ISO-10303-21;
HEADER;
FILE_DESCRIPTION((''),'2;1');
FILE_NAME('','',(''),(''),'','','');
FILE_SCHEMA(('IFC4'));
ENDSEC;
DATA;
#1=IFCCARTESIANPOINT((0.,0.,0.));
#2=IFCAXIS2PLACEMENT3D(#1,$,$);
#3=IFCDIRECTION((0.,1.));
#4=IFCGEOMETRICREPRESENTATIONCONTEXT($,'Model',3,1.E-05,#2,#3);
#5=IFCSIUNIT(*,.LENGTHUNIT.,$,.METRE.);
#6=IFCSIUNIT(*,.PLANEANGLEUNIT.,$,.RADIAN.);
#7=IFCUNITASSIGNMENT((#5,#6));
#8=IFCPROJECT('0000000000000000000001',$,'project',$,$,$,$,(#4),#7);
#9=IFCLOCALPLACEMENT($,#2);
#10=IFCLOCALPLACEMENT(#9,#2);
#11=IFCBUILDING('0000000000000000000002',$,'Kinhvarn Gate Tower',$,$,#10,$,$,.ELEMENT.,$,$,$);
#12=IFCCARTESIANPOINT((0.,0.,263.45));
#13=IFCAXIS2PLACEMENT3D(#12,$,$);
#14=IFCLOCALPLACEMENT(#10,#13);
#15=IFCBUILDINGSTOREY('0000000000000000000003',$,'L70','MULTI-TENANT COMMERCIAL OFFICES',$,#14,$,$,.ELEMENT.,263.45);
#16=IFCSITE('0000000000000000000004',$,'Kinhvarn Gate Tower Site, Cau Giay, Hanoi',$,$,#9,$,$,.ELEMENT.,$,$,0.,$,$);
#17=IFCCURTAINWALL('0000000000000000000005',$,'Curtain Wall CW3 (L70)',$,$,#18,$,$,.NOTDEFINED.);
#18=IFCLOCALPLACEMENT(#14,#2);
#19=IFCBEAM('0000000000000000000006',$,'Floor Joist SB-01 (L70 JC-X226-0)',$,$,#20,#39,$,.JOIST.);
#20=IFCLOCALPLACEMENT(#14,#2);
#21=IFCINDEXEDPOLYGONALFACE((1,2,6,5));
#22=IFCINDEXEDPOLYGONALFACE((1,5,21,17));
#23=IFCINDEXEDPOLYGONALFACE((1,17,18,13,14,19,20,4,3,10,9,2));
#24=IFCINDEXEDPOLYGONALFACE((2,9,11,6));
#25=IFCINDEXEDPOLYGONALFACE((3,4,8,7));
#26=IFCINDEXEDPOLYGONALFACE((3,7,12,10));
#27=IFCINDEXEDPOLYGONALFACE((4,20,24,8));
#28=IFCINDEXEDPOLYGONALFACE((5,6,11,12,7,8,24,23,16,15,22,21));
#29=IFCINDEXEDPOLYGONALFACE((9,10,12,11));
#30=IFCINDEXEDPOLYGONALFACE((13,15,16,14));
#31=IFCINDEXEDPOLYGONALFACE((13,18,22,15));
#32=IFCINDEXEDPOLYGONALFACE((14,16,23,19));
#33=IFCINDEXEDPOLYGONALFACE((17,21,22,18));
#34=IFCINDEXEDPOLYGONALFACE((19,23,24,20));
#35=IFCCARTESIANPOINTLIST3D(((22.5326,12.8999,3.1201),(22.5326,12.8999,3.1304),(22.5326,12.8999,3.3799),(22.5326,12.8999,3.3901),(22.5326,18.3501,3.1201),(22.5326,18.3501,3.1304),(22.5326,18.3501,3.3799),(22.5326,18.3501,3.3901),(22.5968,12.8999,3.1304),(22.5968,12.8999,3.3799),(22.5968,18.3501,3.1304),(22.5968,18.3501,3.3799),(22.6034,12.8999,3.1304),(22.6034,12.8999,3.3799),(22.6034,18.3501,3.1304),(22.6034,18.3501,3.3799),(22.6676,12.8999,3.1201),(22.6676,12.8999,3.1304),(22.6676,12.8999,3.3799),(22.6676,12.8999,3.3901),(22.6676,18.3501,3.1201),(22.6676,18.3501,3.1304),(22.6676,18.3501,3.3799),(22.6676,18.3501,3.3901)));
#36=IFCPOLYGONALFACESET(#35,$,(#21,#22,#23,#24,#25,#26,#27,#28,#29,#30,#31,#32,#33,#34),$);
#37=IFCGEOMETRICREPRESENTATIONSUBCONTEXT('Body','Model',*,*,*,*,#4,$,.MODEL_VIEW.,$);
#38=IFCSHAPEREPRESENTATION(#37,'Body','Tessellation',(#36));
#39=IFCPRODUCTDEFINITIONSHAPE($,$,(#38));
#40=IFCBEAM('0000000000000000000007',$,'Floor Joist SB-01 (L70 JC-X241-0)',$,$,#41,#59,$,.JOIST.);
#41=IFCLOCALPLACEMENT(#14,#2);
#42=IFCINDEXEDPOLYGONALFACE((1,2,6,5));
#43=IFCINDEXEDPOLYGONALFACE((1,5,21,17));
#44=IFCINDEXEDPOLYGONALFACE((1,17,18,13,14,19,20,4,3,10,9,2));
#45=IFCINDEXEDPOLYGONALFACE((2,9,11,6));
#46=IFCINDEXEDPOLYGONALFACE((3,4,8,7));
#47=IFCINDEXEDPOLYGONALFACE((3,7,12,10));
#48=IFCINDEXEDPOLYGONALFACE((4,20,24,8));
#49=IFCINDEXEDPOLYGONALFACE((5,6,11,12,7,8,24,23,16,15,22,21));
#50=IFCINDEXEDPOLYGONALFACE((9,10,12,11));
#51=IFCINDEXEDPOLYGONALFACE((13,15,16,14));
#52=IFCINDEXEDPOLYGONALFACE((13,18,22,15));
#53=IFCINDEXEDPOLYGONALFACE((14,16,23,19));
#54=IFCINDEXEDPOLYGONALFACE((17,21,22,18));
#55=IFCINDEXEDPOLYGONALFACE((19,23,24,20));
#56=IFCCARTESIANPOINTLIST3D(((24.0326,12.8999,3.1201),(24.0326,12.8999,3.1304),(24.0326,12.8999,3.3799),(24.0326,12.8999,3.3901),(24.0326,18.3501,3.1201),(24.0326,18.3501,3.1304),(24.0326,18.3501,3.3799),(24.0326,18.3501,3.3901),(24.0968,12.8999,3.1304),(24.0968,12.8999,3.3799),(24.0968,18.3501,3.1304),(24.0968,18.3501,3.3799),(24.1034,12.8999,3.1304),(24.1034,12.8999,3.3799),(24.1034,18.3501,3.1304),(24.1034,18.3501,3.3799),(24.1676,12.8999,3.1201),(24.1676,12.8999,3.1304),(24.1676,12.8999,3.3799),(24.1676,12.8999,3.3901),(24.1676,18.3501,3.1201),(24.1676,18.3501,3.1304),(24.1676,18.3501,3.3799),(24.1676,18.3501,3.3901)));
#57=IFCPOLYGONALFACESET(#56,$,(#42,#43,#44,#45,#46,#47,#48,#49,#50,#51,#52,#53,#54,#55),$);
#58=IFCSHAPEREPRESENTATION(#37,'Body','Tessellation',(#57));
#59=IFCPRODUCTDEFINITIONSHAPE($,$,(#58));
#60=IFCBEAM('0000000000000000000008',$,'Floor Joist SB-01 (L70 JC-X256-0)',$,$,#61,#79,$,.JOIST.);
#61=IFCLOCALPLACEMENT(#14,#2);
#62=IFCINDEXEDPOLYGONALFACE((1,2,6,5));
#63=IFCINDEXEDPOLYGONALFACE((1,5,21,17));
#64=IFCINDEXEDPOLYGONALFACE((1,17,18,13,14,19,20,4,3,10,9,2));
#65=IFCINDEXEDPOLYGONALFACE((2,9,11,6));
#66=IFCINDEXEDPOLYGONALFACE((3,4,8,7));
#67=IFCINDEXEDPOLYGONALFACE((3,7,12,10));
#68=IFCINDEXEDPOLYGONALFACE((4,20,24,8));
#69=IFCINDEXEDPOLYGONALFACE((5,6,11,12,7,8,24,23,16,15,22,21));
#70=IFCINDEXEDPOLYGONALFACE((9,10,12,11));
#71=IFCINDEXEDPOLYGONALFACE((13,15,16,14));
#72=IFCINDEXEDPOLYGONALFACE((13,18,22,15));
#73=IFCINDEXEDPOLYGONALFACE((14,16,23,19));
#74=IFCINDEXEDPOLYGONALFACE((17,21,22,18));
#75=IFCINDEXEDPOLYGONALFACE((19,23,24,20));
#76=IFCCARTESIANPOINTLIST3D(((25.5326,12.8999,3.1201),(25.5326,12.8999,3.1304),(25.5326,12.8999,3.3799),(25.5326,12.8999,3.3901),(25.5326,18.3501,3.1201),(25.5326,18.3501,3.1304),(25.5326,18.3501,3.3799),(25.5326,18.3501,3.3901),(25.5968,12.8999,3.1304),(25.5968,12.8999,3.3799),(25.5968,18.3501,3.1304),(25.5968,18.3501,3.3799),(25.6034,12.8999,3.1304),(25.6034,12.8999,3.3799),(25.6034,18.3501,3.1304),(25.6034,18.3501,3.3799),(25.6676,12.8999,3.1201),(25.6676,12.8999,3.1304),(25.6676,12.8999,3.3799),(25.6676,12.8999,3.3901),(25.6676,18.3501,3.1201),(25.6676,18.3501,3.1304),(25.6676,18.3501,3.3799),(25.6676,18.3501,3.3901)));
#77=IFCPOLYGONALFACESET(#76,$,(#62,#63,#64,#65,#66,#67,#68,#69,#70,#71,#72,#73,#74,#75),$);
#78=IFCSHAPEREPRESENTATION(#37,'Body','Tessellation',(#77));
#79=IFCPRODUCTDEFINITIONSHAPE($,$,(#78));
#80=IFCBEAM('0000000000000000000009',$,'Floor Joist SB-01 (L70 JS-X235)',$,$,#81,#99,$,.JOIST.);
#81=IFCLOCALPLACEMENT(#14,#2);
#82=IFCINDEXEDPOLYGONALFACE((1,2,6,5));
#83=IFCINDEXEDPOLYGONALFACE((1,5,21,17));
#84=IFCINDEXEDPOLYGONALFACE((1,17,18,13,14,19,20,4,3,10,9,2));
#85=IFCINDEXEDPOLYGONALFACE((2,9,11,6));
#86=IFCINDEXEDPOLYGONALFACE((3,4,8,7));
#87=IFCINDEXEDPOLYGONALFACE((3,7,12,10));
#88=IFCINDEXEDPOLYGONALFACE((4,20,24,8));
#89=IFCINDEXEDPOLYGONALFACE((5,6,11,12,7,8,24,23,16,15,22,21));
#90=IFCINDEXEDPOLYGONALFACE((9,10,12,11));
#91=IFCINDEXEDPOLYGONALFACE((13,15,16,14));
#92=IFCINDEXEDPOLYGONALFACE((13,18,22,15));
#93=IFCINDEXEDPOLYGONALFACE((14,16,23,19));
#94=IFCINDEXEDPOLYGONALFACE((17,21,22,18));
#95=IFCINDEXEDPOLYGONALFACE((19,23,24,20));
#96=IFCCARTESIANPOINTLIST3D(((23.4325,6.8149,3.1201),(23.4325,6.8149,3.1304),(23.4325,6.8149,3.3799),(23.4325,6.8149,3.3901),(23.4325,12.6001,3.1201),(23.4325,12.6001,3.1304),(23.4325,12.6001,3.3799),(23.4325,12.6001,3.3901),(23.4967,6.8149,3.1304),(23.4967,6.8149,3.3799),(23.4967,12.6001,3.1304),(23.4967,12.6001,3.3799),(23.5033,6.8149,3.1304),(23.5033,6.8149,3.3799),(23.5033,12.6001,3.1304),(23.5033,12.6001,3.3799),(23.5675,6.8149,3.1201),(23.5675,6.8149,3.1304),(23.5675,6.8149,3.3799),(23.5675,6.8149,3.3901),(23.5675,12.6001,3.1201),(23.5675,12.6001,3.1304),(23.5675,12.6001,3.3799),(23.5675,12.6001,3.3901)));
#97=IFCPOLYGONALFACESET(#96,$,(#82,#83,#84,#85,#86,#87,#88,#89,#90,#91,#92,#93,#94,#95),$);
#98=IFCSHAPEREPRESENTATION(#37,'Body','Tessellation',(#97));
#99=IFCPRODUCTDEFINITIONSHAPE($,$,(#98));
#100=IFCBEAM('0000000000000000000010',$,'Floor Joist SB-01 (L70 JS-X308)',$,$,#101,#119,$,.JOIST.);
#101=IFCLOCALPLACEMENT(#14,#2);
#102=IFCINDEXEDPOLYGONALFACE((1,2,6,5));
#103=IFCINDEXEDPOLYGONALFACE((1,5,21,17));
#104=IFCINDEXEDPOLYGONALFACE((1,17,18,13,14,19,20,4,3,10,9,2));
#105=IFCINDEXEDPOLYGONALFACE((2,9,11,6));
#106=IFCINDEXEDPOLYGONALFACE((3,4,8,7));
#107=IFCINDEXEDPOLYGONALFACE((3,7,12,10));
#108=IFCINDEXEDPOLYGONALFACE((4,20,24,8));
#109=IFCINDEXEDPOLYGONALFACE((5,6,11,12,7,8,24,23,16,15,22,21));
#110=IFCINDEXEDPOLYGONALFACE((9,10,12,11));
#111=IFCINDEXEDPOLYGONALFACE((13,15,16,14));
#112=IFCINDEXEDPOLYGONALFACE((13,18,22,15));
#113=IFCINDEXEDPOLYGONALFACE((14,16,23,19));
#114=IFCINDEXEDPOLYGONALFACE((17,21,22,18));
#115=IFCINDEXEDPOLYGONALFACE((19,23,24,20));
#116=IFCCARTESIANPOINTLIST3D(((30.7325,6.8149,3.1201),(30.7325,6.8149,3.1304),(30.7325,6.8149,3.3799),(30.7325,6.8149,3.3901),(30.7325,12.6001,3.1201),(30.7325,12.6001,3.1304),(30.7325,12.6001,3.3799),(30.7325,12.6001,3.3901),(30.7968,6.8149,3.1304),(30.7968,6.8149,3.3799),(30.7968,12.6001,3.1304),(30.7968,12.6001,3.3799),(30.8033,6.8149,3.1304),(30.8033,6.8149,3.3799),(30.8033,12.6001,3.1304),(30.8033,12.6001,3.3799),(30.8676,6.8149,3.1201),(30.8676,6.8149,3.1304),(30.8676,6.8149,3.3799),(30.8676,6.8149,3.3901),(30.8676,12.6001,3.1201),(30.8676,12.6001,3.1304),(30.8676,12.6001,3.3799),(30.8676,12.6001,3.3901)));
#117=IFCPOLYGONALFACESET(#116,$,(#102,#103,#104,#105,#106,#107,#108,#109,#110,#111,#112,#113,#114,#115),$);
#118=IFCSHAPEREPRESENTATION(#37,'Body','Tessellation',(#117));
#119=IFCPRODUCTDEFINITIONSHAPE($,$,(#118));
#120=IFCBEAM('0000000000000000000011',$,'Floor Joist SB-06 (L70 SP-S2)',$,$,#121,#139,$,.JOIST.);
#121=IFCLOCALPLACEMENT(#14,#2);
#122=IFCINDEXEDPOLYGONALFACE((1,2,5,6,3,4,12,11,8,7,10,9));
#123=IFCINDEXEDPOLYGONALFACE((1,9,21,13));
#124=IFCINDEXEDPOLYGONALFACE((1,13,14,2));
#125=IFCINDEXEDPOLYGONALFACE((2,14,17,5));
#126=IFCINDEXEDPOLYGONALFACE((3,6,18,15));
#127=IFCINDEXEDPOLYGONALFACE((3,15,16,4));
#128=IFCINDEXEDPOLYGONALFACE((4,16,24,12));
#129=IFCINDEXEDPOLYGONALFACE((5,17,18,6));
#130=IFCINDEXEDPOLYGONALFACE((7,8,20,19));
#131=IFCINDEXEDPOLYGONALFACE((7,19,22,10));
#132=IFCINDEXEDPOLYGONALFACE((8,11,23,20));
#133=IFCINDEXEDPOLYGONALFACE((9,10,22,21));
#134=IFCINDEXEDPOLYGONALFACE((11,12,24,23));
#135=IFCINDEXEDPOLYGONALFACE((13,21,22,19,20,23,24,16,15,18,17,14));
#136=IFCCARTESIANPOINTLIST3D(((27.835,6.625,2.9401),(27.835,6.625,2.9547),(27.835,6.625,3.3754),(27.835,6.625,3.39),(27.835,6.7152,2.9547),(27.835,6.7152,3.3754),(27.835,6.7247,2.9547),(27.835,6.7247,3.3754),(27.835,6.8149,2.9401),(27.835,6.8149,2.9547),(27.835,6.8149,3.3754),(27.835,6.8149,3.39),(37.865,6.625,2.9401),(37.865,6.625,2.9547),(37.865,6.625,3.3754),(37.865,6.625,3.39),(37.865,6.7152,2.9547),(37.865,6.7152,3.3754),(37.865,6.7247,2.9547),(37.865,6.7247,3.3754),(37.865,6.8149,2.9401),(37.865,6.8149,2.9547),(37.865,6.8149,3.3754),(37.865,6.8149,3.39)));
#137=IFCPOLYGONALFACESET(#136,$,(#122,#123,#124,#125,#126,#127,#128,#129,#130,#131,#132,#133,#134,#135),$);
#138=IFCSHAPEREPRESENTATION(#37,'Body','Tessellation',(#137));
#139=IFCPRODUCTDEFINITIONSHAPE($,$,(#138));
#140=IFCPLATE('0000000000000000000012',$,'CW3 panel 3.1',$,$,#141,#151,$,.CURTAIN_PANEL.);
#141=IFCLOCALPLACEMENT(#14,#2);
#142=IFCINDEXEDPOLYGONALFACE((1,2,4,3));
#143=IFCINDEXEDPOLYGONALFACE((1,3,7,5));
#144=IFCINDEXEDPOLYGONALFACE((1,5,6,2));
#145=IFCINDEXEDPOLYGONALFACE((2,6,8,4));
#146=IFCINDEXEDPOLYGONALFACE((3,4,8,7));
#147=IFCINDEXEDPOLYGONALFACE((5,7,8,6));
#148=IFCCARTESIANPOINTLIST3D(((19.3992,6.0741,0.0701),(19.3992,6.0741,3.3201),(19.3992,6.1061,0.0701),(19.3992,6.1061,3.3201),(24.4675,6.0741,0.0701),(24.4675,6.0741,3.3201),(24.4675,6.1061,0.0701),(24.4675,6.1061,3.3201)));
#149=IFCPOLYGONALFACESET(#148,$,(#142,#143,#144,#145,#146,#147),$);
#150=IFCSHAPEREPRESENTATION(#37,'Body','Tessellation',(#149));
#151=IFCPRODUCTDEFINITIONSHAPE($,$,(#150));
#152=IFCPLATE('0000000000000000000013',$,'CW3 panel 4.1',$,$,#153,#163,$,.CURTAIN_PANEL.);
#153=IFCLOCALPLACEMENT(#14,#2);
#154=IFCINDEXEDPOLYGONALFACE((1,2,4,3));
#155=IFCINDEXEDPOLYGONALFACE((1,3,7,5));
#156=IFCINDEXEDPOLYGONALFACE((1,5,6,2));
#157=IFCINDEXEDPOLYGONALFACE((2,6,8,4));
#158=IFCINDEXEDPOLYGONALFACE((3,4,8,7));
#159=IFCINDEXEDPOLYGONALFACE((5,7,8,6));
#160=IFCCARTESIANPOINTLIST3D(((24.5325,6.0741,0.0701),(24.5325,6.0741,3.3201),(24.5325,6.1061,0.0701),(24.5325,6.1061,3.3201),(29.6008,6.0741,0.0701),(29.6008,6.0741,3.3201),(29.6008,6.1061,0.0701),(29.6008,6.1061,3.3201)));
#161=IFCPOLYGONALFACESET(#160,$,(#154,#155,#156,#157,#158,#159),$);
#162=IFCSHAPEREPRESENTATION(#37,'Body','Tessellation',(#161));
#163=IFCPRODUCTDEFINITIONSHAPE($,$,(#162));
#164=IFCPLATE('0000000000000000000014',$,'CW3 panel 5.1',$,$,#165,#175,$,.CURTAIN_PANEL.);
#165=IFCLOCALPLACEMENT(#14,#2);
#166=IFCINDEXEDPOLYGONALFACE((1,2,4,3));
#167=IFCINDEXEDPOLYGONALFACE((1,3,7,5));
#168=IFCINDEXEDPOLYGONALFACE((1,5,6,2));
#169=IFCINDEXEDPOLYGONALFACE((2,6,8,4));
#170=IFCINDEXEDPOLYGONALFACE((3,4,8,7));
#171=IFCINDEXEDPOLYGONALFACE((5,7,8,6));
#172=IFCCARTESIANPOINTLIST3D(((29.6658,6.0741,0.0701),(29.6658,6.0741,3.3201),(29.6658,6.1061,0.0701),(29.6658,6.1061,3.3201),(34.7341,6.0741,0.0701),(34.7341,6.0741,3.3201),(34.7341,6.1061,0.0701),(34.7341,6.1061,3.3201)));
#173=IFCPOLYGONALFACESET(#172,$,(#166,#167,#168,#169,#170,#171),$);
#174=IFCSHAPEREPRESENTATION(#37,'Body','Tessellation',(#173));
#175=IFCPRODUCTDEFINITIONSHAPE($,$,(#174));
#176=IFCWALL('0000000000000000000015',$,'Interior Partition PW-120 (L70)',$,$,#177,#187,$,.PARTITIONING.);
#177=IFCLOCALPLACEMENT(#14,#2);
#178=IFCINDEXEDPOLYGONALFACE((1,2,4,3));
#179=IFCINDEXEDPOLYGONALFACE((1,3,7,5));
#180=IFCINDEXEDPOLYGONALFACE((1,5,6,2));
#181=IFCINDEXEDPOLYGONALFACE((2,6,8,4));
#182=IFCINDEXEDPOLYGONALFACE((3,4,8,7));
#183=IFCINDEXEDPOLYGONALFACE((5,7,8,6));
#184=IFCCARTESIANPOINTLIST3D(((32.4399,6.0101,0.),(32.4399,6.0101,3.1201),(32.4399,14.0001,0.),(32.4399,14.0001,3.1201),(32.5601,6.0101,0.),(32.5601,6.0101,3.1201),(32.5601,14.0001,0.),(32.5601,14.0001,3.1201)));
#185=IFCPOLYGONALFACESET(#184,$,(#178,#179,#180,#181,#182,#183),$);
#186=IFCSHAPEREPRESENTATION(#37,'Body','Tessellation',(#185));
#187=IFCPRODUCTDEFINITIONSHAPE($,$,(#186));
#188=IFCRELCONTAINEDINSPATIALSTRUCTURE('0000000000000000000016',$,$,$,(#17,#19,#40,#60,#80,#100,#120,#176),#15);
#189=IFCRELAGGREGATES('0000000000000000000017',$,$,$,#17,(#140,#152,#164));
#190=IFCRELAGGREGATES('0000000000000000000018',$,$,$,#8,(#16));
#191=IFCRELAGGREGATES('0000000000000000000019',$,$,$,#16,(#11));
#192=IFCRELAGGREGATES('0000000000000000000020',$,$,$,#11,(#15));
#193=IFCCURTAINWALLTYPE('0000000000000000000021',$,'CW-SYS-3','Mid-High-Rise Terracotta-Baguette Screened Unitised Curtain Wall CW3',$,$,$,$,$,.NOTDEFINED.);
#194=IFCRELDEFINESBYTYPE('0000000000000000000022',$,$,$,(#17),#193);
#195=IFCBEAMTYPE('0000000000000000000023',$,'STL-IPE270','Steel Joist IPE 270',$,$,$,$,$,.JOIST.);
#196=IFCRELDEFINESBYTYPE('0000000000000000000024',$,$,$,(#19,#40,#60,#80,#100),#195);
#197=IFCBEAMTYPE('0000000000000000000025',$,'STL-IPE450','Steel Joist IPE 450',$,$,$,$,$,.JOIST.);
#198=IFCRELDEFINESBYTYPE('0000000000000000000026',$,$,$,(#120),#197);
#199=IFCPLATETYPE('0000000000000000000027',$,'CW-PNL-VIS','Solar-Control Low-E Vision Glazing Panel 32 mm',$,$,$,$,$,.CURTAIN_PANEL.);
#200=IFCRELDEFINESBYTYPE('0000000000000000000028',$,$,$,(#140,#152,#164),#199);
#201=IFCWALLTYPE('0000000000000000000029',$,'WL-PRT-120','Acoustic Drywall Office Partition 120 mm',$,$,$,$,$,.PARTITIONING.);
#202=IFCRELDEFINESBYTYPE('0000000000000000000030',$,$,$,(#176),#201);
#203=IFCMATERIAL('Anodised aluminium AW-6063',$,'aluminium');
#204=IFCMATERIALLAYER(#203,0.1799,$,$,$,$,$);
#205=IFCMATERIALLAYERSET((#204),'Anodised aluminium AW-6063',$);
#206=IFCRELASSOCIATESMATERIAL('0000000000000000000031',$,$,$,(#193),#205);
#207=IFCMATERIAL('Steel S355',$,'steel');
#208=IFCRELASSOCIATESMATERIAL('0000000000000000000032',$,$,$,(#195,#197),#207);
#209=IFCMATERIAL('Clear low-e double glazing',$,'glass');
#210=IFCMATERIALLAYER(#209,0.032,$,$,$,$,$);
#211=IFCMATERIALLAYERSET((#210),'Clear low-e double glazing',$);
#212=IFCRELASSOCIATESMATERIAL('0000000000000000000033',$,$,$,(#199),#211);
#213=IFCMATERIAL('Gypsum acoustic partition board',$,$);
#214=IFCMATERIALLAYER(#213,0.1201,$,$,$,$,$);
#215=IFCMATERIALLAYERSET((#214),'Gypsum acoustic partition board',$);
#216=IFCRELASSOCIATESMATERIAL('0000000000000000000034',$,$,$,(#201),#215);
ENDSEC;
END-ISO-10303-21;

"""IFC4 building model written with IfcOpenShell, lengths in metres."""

from ifc_helpers import new_model, si_unit, direction, frame, frame_2d, origin, origin_2d, place, context, subcontext, project, spatial, rectangle, i_section, extrude, material, layer, layer_set, material_profile, profile_set, type_object, element, aggregate, save


model = new_model("IFC4")

# Units and contexts
model_context = context("Model", 3, precision=1e-05, world=origin(), true_north=direction((0.0, 1.0)))
body_context = subcontext(model_context, "Body", "Model", "MODEL_VIEW")
ifc_project = project(units=[si_unit("LENGTHUNIT", "METRE"), si_unit("PLANEANGLEUNIT", "RADIAN")], contexts=[model_context])

# Site, building, storey
site_placement = place(None, origin())
site = spatial("IfcSite", under=ifc_project, at=site_placement, Name="Kinhvarn Gate Tower Site, Cau Giay, Hanoi", CompositionType="ELEMENT", RefElevation=0.0)
building_placement = place(site_placement, origin())
building = spatial("IfcBuilding", under=site, at=building_placement, Name="Kinhvarn Gate Tower", CompositionType="ELEMENT")
storey_placement = place(building_placement, frame((0.0, 0.0, 263.45)))
storey = spatial("IfcBuildingStorey", under=building, at=storey_placement, Name="L70", Description="MULTI-TENANT COMMERCIAL OFFICES", CompositionType="ELEMENT", Elevation=263.45)

# Curtain wall
ifc_material_1 = material(Name="Anodised aluminium AW-6063", Category="aluminium")
ifc_layer_1 = layer(ifc_material_1, 0.1799)
ifc_layer_set_1 = layer_set([ifc_layer_1], Name="Anodised aluminium AW-6063")
curtain_wall_type = type_object("IfcCurtainWallType", Name="CW-SYS-3", Description="Mid-High-Rise Terracotta-Baguette Screened Unitised Curtain Wall CW3", PredefinedType="NOTDEFINED", material=ifc_layer_set_1)
curtain_wall_placement = place(storey_placement, origin())
curtain_wall = element("IfcCurtainWall", 1, at=curtain_wall_placement, inside=storey, type_object=curtain_wall_type, Name="Curtain Wall CW3 (L70)", PredefinedType="NOTDEFINED")

# Beams
ifc_material_2 = material(Name="Steel S355", Category="steel")
ifc_material_profile_1 = material_profile(ifc_material_2, i_section(OverallWidth=0.135, OverallDepth=0.27, WebThickness=0.0066, FlangeThickness=0.0103, at=origin_2d()), Name="IPE 270")
ifc_profile_set_1 = profile_set([ifc_material_profile_1], Name="Steel S355")
beam_type_1 = type_object("IfcBeamType", Name="STL-IPE270", Description="Steel Joist IPE 270", PredefinedType="JOIST", material=ifc_profile_set_1)
for number, where, z_axis, x_axis, name in (
    (2, (22.6001, 12.8999, 3.2551), (0.0, 1.0, 0.0), (-1.0, 0.0, 0.0), "Floor Joist SB-01 (L70 JC-X226-0)"),
    (3, (24.1001, 12.8999, 3.2551), (0.0, 1.0, 0.0), (-1.0, 0.0, 0.0), "Floor Joist SB-01 (L70 JC-X241-0)"),
    (4, (25.6001, 12.8999, 3.2551), (0.0, 1.0, 0.0), (-1.0, 0.0, 0.0), "Floor Joist SB-01 (L70 JC-X256-0)"),
):
    element("IfcBeam", number, at=place(storey_placement, frame(where, z_axis=z_axis, x_axis=x_axis)), inside=storey, type_object=beam_type_1, Name=name, PredefinedType="JOIST", context=body_context, shape_type="SweptSolid", body=[
        extrude(i_section(OverallWidth=0.135, OverallDepth=0.27, WebThickness=0.0066, FlangeThickness=0.0103, at=origin_2d()), origin(), (0.0, 0.0, 1.0), 5.4502),
    ])
for number, where, z_axis, x_axis, name in (
    (5, (23.5, 6.8149, 3.2551), (0.0, 1.0, 0.0), (-1.0, 0.0, 0.0), "Floor Joist SB-01 (L70 JS-X235)"),
    (6, (30.8, 6.8149, 3.2551), (0.0, 1.0, 0.0), (-1.0, 0.0, 0.0), "Floor Joist SB-01 (L70 JS-X308)"),
):
    element("IfcBeam", number, at=place(storey_placement, frame(where, z_axis=z_axis, x_axis=x_axis)), inside=storey, type_object=beam_type_1, Name=name, PredefinedType="JOIST", context=body_context, shape_type="SweptSolid", body=[
        extrude(i_section(OverallWidth=0.135, OverallDepth=0.27, WebThickness=0.0066, FlangeThickness=0.0103, at=origin_2d()), origin(), (0.0, 0.0, 1.0), 5.7852),
    ])
ifc_material_profile_2 = material_profile(ifc_material_2, i_section(OverallWidth=0.1899, OverallDepth=0.45, WebThickness=0.0095, FlangeThickness=0.0146, at=origin_2d()), Name="IPE 450")
ifc_profile_set_2 = profile_set([ifc_material_profile_2], Name="Steel S355")
beam_type_2 = type_object("IfcBeamType", Name="STL-IPE450", Description="Steel Joist IPE 450", PredefinedType="JOIST", material=ifc_profile_set_2)
beam_1_placement = place(storey_placement, frame((27.835, 6.72, 3.165), z_axis=(1.0, 0.0, 0.0), x_axis=(0.0, 1.0, 0.0)))
element("IfcBeam", 7, at=beam_1_placement, inside=storey, type_object=beam_type_2, Name="Floor Joist SB-06 (L70 SP-S2)", PredefinedType="JOIST", context=body_context, shape_type="SweptSolid", body=[
    extrude(i_section(OverallWidth=0.1899, OverallDepth=0.45, WebThickness=0.0095, FlangeThickness=0.0146, at=origin_2d()), origin(), (0.0, 0.0, 1.0), 10.03),
])

# Plates
ifc_material_3 = material(Name="Clear low-e double glazing", Category="glass")
ifc_layer_2 = layer(ifc_material_3, 0.032)
ifc_layer_set_2 = layer_set([ifc_layer_2], Name="Clear low-e double glazing")
plate_type = type_object("IfcPlateType", Name="CW-PNL-VIS", Description="Solar-Control Low-E Vision Glazing Panel 32 mm", PredefinedType="CURTAIN_PANEL", material=ifc_layer_set_2)
plate_1_placement = place(storey_placement, frame((21.9333, 6.0901, 0.0701), z_axis=(0.0, 0.0, 1.0), x_axis=(1.0, 0.0, 0.0)))
plate_1 = element("IfcPlate", 8, at=plate_1_placement, type_object=plate_type, Name="CW3 panel 3.1", PredefinedType="CURTAIN_PANEL", context=body_context, shape_type="SweptSolid", body=[
    extrude(rectangle(XDim=5.0684, YDim=0.032, at=origin_2d()), origin(), (0.0, 0.0, 1.0), 3.25),
])
plate_2_placement = place(storey_placement, frame((27.0667, 6.0901, 0.0701), z_axis=(0.0, 0.0, 1.0), x_axis=(1.0, 0.0, 0.0)))
plate_2 = element("IfcPlate", 9, at=plate_2_placement, type_object=plate_type, Name="CW3 panel 4.1", PredefinedType="CURTAIN_PANEL", context=body_context, shape_type="SweptSolid", body=[
    extrude(rectangle(XDim=5.0684, YDim=0.032, at=origin_2d()), origin(), (0.0, 0.0, 1.0), 3.25),
])
plate_3_placement = place(storey_placement, frame((32.2, 6.0901, 0.0701), z_axis=(0.0, 0.0, 1.0), x_axis=(1.0, 0.0, 0.0)))
plate_3 = element("IfcPlate", 10, at=plate_3_placement, type_object=plate_type, Name="CW3 panel 5.1", PredefinedType="CURTAIN_PANEL", context=body_context, shape_type="SweptSolid", body=[
    extrude(rectangle(XDim=5.0684, YDim=0.032, at=origin_2d()), origin(), (0.0, 0.0, 1.0), 3.25),
])
aggregate(curtain_wall, [plate_1, plate_2, plate_3])

# Wall
ifc_material_4 = material(Name="Gypsum acoustic partition board")
ifc_layer_3 = layer(ifc_material_4, 0.1201)
ifc_layer_set_3 = layer_set([ifc_layer_3], Name="Gypsum acoustic partition board")
wall_type = type_object("IfcWallType", Name="WL-PRT-120", Description="Acoustic Drywall Office Partition 120 mm", PredefinedType="PARTITIONING", material=ifc_layer_set_3)
wall_placement = place(storey_placement, frame((32.5, 6.01, 0.0), z_axis=(0.0, 0.0, 1.0), x_axis=(0.0, 1.0, 0.0)))
element("IfcWall", 11, at=wall_placement, inside=storey, type_object=wall_type, Name="Interior Partition PW-120 (L70)", PredefinedType="PARTITIONING", context=body_context, shape_type="SweptSolid", body=[
    extrude(rectangle(XDim=7.99, YDim=0.1201, at=frame_2d((3.9951, 0.0))), origin(), (0.0, 0.0, 1.0), 3.1201),
])

save(model, "model.ifc")
